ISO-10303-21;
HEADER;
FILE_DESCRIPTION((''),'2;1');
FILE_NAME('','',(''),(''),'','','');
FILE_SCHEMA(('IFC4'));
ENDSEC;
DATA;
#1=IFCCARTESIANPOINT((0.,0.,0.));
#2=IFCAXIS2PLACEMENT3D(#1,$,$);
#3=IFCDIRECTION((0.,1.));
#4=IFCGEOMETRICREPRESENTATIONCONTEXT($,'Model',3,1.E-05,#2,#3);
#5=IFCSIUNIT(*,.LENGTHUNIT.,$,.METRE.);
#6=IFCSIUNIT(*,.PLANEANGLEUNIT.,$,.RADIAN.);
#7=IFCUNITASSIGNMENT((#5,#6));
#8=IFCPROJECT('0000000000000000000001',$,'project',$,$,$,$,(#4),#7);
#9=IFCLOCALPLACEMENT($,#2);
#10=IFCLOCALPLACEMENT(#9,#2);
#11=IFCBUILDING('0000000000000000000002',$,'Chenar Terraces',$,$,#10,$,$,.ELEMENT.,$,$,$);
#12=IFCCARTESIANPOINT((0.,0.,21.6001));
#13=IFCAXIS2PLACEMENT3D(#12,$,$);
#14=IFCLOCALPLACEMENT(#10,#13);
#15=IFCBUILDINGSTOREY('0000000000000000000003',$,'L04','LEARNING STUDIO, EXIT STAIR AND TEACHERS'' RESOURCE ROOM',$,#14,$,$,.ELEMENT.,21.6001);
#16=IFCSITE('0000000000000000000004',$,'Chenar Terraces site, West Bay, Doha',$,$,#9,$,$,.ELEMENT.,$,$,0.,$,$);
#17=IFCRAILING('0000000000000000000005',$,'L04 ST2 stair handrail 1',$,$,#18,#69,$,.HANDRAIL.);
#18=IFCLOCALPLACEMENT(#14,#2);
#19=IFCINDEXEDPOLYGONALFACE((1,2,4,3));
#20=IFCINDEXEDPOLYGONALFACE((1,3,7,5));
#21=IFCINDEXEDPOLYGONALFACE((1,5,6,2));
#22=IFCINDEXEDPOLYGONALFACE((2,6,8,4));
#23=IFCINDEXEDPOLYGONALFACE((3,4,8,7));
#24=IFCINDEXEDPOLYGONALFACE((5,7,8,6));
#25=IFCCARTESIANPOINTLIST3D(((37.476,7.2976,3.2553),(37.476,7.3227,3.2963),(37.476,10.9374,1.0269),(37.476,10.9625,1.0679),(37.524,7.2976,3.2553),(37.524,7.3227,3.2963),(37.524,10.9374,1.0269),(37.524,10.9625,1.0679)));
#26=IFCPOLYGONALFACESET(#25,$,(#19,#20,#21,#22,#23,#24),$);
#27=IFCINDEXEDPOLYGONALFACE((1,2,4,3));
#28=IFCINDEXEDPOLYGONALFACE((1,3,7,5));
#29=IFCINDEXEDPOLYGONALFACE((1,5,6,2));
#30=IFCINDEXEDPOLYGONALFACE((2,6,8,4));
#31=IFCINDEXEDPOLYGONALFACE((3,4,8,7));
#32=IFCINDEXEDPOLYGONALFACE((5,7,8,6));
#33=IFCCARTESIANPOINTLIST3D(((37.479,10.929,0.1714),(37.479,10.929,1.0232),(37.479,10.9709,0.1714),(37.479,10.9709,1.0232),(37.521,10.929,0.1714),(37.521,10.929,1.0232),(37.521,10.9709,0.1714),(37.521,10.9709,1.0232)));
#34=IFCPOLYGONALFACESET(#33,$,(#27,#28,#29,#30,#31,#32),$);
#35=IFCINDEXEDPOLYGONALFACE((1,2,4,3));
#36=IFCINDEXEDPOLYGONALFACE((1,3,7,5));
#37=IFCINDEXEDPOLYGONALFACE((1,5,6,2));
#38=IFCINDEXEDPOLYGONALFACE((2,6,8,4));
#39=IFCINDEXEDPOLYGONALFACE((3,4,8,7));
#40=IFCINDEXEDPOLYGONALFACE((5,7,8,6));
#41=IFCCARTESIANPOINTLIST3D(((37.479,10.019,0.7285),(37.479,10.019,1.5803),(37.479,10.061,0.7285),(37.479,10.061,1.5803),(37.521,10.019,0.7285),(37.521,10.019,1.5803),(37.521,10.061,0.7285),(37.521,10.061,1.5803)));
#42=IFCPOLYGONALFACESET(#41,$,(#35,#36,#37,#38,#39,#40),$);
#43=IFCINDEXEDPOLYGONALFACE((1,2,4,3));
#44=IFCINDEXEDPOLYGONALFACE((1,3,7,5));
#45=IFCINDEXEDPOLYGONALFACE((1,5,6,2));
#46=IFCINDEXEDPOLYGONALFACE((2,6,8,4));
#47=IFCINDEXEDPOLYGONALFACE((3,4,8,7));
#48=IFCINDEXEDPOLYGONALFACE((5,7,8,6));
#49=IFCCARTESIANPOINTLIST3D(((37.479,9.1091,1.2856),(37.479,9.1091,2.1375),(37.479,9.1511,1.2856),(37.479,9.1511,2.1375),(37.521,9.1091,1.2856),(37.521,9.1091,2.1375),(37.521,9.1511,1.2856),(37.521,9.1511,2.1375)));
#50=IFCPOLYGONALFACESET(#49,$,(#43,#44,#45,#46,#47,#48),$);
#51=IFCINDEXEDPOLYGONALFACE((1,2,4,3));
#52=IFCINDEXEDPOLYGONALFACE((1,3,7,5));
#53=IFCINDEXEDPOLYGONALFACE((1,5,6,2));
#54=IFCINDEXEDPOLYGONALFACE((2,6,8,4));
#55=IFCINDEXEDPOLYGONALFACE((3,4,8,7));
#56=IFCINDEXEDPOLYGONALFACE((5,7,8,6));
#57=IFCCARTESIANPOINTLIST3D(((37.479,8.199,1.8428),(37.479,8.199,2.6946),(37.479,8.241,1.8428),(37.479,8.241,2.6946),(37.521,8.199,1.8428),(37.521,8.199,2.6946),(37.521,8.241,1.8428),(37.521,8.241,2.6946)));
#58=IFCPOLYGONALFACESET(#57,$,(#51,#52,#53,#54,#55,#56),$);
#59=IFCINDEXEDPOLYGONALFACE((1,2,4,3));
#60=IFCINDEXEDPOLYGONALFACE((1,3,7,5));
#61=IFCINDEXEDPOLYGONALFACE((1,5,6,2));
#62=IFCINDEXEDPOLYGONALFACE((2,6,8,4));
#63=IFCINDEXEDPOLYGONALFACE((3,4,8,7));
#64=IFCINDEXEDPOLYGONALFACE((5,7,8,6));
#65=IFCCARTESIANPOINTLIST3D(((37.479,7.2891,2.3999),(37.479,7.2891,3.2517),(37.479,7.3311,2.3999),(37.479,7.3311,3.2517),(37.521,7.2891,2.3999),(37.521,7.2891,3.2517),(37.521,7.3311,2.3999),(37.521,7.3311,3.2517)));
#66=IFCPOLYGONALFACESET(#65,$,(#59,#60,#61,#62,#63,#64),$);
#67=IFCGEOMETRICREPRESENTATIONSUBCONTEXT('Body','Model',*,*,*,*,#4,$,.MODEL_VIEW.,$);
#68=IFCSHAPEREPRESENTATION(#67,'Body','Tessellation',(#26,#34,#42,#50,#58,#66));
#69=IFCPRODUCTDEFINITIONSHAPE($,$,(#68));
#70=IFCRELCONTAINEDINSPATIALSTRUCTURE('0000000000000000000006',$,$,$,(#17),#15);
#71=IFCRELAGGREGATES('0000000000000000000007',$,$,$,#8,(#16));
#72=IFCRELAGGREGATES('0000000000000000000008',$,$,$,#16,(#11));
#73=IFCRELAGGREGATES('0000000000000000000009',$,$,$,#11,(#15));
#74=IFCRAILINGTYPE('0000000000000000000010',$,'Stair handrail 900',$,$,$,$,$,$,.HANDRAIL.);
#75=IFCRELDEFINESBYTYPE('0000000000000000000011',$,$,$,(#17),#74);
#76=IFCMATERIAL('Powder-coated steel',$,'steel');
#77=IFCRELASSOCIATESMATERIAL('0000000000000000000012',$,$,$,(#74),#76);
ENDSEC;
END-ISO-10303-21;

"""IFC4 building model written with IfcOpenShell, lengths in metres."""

from ifc_helpers import new_model, si_unit, direction, frame, origin, origin_2d, place, context, subcontext, project, spatial, rectangle, extrude, material, type_object, element, save


model = new_model("IFC4")

# Units and contexts
model_context = context("Model", 3, precision=1e-05, world=origin(), true_north=direction((0.0, 1.0)))
body_context = subcontext(model_context, "Body", "Model", "MODEL_VIEW")
ifc_project = project(units=[si_unit("LENGTHUNIT", "METRE"), si_unit("PLANEANGLEUNIT", "RADIAN")], contexts=[model_context])

# Site, building, storey
site_placement = place(None, origin())
site = spatial("IfcSite", under=ifc_project, at=site_placement, Name="Chenar Terraces site, West Bay, Doha", CompositionType="ELEMENT", RefElevation=0.0)
building_placement = place(site_placement, origin())
building = spatial("IfcBuilding", under=site, at=building_placement, Name="Chenar Terraces", CompositionType="ELEMENT")
storey_placement = place(building_placement, frame((0.0, 0.0, 21.6001)))
storey = spatial("IfcBuildingStorey", under=building, at=storey_placement, Name="L04", Description="LEARNING STUDIO, EXIT STAIR AND TEACHERS' RESOURCE ROOM", CompositionType="ELEMENT", Elevation=21.6001)

# Railing
ifc_material_1 = material(Name="Powder-coated steel", Category="steel")
railing_type_1 = type_object("IfcRailingType", Name="Stair handrail 900", PredefinedType="HANDRAIL", material=ifc_material_1)
railing_1_placement = place(storey_placement, frame((37.5, 10.95, 0.1714)))
element("IfcRailing", 1, at=railing_1_placement, inside=storey, type_object=railing_type_1, Name="L04 ST2 stair handrail 1", PredefinedType="HANDRAIL", context=body_context, shape_type="SweptSolid", body=[
    extrude(rectangle(XDim=0.0481, YDim=0.0481, at=origin_2d()), frame((0.0, 0.0, 0.876), z_axis=(0.0, -0.85285, 0.522156), x_axis=(1.0, 0.0, 0.0)), (0.0, 0.0, 1.0), 4.2678),
    extrude(rectangle(XDim=0.042, YDim=0.042, at=origin_2d()), origin(), (0.0, 0.0, 1.0), 0.8518),
    extrude(rectangle(XDim=0.042, YDim=0.042, at=origin_2d()), frame((0.0, -0.9099, 0.5571)), (0.0, 0.0, 1.0), 0.8518),
    extrude(rectangle(XDim=0.042, YDim=0.042, at=origin_2d()), frame((0.0, -1.8198, 1.1143)), (0.0, 0.0, 1.0), 0.8518),
    extrude(rectangle(XDim=0.042, YDim=0.042, at=origin_2d()), frame((0.0, -2.73, 1.6714)), (0.0, 0.0, 1.0), 0.8518),
    extrude(rectangle(XDim=0.042, YDim=0.042, at=origin_2d()), frame((0.0, -3.6399, 2.2285)), (0.0, 0.0, 1.0), 0.8518),
])

save(model, "model.ifc")
